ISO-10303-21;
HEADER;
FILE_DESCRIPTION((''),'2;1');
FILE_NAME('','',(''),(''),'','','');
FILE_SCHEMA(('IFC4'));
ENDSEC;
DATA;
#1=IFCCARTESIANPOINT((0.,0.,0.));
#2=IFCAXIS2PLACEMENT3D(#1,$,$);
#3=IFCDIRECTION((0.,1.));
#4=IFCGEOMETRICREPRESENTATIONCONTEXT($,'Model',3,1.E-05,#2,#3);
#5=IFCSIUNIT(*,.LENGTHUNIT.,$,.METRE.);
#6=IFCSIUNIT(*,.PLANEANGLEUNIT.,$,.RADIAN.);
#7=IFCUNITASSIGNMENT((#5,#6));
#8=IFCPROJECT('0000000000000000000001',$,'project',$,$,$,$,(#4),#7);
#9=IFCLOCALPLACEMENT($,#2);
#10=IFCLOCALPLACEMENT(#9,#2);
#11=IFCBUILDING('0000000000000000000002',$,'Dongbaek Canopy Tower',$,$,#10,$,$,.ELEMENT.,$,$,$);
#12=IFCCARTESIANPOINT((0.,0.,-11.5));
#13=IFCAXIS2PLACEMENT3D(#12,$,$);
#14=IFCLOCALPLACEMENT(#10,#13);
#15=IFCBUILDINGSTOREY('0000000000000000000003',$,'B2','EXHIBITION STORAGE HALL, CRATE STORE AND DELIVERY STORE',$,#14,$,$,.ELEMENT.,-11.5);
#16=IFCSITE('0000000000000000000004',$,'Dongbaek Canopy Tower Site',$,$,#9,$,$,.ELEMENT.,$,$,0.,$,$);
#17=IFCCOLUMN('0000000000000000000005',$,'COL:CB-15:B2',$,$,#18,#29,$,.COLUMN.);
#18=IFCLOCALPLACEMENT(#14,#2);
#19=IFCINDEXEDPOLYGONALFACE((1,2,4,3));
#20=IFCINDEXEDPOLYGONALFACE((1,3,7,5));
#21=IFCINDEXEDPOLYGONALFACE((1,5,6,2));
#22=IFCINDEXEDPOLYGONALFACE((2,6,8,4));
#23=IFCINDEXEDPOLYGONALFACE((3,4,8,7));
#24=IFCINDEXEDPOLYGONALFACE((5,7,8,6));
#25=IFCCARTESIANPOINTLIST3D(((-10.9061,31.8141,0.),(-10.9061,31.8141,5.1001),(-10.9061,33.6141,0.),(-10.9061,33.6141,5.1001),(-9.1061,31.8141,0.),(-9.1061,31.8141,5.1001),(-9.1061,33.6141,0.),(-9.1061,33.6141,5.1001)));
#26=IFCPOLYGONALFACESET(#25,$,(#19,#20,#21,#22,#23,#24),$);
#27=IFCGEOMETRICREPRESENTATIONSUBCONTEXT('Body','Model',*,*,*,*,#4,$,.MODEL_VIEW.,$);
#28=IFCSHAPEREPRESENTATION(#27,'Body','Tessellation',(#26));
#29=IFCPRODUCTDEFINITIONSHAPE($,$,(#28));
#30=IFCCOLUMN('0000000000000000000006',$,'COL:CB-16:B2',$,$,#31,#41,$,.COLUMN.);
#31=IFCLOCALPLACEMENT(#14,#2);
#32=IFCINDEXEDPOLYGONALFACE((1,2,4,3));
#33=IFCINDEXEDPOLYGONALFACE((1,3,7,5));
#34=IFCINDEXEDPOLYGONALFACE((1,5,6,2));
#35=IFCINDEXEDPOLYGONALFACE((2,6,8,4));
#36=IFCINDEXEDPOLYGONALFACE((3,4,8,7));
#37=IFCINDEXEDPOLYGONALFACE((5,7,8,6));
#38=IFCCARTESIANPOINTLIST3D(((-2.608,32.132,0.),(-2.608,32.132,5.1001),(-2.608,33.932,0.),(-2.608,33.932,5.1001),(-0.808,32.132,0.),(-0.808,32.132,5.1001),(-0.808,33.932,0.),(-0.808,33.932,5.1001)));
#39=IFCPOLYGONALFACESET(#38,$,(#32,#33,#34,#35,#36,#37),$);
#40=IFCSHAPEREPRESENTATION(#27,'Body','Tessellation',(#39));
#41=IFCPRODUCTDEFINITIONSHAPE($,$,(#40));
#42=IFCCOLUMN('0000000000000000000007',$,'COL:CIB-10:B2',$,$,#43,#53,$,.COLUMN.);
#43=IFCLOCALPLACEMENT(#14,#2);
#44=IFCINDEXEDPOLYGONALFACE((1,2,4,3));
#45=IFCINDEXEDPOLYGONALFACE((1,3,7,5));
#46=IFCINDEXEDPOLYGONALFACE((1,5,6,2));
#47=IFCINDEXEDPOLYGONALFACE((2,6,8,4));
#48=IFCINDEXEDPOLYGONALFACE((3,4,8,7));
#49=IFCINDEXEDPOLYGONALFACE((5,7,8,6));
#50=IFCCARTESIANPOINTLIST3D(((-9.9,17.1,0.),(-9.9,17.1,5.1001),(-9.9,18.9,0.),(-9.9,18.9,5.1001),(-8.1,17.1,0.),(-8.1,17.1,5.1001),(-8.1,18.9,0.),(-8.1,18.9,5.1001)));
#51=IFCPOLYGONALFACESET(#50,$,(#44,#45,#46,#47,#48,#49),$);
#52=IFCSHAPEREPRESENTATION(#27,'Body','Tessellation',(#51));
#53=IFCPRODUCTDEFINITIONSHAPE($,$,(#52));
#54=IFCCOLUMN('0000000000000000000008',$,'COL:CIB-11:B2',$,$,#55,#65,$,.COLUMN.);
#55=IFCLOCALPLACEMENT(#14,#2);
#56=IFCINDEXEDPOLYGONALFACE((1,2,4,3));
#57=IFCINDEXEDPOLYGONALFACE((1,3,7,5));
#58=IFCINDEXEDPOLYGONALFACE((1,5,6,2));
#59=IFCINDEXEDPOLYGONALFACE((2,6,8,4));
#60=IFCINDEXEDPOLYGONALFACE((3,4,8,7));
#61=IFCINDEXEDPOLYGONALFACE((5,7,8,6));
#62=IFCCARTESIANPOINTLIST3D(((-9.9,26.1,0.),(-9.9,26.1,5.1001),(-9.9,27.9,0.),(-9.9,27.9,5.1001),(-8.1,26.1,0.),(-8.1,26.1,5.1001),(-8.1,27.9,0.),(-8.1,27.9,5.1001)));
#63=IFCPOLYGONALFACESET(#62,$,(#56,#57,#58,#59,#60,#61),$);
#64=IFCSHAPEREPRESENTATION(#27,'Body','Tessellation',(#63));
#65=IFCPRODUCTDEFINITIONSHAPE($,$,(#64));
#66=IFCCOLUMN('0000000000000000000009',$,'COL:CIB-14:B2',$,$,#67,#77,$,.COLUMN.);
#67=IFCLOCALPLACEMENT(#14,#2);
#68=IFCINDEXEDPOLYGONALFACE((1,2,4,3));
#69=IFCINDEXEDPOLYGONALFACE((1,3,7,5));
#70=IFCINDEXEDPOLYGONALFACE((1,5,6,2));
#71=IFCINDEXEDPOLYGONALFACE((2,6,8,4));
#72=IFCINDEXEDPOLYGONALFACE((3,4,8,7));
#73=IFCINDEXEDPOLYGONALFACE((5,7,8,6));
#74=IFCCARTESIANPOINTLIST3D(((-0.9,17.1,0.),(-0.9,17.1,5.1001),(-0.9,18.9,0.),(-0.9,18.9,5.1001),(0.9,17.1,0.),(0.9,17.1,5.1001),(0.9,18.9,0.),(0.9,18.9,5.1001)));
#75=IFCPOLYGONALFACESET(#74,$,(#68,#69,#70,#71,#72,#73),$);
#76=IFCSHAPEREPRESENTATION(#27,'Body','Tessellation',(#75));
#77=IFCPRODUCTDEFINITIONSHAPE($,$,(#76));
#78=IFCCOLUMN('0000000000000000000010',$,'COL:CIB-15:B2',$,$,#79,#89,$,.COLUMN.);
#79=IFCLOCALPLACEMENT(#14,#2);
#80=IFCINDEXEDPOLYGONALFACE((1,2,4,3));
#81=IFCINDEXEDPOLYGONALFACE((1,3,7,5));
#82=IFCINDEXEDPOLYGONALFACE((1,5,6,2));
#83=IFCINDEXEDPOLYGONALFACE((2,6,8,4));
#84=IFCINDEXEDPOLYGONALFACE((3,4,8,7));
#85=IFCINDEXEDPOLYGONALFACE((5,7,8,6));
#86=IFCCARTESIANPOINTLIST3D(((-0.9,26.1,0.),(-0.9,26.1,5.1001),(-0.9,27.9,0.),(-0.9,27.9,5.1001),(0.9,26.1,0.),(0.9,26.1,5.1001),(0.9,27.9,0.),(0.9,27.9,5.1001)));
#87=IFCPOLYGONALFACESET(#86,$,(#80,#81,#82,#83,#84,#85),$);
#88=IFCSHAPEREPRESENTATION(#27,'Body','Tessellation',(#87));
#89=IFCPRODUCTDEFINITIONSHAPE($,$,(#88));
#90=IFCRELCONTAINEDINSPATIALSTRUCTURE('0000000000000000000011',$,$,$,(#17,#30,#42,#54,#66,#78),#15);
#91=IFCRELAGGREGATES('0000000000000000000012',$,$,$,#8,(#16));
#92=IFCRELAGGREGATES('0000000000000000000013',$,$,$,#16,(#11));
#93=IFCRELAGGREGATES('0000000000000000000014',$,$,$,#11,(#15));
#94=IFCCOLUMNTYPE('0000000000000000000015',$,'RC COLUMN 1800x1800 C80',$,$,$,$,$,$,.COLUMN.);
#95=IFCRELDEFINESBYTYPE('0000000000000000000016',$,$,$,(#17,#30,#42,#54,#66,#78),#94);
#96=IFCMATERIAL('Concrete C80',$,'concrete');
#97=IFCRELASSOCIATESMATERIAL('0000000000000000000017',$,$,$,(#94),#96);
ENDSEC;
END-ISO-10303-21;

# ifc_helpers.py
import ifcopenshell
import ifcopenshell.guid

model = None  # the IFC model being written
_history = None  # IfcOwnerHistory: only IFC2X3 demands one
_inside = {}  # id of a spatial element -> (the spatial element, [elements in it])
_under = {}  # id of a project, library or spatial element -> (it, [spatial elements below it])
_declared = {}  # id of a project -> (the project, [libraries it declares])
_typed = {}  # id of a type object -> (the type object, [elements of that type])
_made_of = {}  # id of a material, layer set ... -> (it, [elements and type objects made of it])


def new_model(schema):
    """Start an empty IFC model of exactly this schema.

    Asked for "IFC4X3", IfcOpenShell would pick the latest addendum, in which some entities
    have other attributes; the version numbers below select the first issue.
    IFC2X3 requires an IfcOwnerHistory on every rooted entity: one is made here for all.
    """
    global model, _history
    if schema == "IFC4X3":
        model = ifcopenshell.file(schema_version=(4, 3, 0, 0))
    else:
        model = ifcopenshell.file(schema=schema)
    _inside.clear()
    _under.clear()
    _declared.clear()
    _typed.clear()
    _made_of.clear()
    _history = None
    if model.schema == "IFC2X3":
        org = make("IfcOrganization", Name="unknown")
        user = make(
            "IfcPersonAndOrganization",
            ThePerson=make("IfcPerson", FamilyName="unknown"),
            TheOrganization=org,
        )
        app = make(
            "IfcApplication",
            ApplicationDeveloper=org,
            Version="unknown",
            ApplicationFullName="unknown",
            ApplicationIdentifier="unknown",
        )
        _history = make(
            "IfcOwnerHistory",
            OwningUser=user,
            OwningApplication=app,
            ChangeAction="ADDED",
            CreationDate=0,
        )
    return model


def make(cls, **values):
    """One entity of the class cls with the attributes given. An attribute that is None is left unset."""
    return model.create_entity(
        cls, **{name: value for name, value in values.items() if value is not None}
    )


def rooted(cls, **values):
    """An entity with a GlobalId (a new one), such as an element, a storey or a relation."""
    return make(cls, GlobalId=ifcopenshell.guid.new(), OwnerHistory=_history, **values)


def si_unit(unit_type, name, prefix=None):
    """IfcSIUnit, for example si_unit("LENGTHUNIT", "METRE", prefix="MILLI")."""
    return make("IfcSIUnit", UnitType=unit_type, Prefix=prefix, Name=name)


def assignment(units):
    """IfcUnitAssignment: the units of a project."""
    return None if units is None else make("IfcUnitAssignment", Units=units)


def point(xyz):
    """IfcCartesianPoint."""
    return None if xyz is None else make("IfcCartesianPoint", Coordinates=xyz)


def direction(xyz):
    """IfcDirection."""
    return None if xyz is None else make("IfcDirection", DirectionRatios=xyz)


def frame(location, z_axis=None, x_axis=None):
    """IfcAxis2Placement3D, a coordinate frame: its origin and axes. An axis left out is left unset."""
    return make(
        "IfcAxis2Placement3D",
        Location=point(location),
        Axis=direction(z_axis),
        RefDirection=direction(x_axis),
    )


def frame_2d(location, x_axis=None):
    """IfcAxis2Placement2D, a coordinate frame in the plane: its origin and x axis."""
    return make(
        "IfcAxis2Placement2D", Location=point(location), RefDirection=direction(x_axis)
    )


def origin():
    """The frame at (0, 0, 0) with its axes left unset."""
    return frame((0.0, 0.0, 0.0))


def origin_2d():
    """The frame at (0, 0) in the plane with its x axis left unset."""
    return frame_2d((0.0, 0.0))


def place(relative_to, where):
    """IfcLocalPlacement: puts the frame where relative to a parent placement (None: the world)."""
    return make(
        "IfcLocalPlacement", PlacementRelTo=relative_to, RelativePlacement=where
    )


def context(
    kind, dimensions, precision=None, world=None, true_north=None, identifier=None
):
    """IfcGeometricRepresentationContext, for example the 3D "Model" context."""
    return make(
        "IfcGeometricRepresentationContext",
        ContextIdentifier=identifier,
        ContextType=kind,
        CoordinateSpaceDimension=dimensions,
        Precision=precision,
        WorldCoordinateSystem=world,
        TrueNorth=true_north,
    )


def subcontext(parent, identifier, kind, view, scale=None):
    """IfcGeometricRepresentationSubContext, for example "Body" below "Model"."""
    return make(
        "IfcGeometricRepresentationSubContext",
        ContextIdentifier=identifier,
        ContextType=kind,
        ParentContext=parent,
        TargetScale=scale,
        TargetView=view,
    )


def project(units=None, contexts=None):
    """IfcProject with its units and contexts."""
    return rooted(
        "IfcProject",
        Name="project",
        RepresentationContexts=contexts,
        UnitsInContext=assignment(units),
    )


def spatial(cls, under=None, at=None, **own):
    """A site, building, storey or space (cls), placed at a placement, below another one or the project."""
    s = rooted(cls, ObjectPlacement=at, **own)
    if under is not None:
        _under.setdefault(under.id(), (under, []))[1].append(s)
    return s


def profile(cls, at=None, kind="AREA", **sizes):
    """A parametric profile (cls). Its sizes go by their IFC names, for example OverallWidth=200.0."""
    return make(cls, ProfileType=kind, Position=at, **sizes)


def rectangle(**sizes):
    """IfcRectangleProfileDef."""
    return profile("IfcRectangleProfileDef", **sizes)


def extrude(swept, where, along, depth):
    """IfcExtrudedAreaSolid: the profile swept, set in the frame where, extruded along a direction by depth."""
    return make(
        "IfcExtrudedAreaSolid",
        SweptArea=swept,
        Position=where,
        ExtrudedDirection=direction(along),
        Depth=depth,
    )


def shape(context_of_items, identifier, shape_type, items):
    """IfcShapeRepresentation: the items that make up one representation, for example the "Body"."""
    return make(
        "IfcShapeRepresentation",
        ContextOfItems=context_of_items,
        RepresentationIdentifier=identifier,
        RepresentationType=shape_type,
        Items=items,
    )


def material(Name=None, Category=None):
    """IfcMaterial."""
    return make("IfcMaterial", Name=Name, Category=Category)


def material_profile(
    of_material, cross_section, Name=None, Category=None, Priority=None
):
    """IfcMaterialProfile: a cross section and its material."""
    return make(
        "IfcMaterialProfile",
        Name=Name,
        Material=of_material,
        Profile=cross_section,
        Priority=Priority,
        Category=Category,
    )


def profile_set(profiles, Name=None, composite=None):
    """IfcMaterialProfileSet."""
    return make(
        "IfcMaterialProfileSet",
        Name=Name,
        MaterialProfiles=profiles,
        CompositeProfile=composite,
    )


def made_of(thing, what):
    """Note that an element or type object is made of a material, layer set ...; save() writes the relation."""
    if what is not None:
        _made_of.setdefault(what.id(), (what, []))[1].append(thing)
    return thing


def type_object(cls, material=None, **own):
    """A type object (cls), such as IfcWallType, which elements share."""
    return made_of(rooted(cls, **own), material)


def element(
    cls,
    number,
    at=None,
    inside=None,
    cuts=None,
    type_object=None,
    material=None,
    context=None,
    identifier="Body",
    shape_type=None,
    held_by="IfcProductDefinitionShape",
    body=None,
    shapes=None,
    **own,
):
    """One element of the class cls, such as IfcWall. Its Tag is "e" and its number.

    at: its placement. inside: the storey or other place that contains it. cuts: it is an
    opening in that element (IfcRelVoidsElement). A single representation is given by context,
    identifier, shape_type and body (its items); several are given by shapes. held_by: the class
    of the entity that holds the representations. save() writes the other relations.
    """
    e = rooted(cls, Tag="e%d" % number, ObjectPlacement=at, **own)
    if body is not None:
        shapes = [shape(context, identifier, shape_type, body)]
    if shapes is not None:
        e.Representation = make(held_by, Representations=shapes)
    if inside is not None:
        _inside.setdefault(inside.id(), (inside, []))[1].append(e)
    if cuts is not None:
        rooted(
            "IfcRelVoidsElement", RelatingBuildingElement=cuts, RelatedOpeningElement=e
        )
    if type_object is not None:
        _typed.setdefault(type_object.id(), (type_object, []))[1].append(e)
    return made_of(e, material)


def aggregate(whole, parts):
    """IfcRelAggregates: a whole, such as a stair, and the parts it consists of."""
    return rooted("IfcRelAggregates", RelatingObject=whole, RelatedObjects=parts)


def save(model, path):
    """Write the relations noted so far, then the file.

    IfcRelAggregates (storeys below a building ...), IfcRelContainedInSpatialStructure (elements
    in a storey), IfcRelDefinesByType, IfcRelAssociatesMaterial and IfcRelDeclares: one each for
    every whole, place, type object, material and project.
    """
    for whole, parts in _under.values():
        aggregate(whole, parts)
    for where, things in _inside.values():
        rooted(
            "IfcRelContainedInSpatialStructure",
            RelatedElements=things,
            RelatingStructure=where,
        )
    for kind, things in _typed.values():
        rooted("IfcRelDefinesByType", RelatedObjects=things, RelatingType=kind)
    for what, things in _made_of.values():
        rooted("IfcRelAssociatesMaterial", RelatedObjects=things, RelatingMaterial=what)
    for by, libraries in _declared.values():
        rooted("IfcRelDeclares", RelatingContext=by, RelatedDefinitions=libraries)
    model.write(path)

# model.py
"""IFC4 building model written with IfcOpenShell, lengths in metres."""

from ifc_helpers import new_model, si_unit, direction, frame, origin, origin_2d, place, context, subcontext, project, spatial, rectangle, extrude, material, material_profile, profile_set, type_object, element, save


model = new_model("IFC4")

# Units and contexts
model_context = context("Model", 3, precision=1e-05, world=origin(), true_north=direction((0.0, 1.0)))
body_context = subcontext(model_context, "Body", "Model", "MODEL_VIEW")
ifc_project = project(units=[si_unit("LENGTHUNIT", "METRE"), si_unit("PLANEANGLEUNIT", "RADIAN")], contexts=[model_context])

# Site, building, storey
site_placement = place(None, origin())
site = spatial("IfcSite", under=ifc_project, at=site_placement, Name="Dongbaek Canopy Tower Site", CompositionType="ELEMENT", RefElevation=0.0)
building_placement = place(site_placement, origin())
building = spatial("IfcBuilding", under=site, at=building_placement, Name="Dongbaek Canopy Tower", CompositionType="ELEMENT")
storey_placement = place(building_placement, frame((0.0, 0.0, -11.5)))
storey = spatial("IfcBuildingStorey", under=building, at=storey_placement, Name="B2", Description="EXHIBITION STORAGE HALL, CRATE STORE AND DELIVERY STORE", CompositionType="ELEMENT", Elevation=-11.5)

# Columns
ifc_material_1 = material(Name="Concrete C80", Category="concrete")
ifc_material_profile = material_profile(ifc_material_1, rectangle(XDim=1.8, YDim=1.8, at=origin_2d()), Name="RC COLUMN 1800x1800 C80")
ifc_profile_set = profile_set([ifc_material_profile], Name="Concrete C80")
column_type = type_object("IfcColumnType", Name="RC COLUMN 1800x1800 C80", PredefinedType="COLUMN", material=ifc_profile_set)
for number, where, z_axis, x_axis, name in (
    (1, (-10.0061, 32.7141, 0.0), (0.0, 0.0, 1.0), (1.0, 0.0, 0.0), "COL:CB-15:B2"),
    (2, (-1.708, 33.032, 0.0), (0.0, 0.0, 1.0), (1.0, 0.0, 0.0), "COL:CB-16:B2"),
    (3, (-9.0, 18.0, 0.0), (0.0, 0.0, 1.0), (1.0, 0.0, 0.0), "COL:CIB-10:B2"),
    (4, (-9.0, 27.0, 0.0), (0.0, 0.0, 1.0), (1.0, 0.0, 0.0), "COL:CIB-11:B2"),
    (5, (0.0, 18.0, 0.0), (0.0, 0.0, 1.0), (1.0, 0.0, 0.0), "COL:CIB-14:B2"),
    (6, (0.0, 27.0, 0.0), (0.0, 0.0, 1.0), (1.0, 0.0, 0.0), "COL:CIB-15:B2"),
):
    element("IfcColumn", number, at=place(storey_placement, frame(where, z_axis=z_axis, x_axis=x_axis)), inside=storey, type_object=column_type, Name=name, PredefinedType="COLUMN", context=body_context, shape_type="SweptSolid", body=[
        extrude(rectangle(XDim=1.8, YDim=1.8, at=origin_2d()), origin(), (0.0, 0.0, 1.0), 5.1001),
    ])

save(model, "model.ifc")
